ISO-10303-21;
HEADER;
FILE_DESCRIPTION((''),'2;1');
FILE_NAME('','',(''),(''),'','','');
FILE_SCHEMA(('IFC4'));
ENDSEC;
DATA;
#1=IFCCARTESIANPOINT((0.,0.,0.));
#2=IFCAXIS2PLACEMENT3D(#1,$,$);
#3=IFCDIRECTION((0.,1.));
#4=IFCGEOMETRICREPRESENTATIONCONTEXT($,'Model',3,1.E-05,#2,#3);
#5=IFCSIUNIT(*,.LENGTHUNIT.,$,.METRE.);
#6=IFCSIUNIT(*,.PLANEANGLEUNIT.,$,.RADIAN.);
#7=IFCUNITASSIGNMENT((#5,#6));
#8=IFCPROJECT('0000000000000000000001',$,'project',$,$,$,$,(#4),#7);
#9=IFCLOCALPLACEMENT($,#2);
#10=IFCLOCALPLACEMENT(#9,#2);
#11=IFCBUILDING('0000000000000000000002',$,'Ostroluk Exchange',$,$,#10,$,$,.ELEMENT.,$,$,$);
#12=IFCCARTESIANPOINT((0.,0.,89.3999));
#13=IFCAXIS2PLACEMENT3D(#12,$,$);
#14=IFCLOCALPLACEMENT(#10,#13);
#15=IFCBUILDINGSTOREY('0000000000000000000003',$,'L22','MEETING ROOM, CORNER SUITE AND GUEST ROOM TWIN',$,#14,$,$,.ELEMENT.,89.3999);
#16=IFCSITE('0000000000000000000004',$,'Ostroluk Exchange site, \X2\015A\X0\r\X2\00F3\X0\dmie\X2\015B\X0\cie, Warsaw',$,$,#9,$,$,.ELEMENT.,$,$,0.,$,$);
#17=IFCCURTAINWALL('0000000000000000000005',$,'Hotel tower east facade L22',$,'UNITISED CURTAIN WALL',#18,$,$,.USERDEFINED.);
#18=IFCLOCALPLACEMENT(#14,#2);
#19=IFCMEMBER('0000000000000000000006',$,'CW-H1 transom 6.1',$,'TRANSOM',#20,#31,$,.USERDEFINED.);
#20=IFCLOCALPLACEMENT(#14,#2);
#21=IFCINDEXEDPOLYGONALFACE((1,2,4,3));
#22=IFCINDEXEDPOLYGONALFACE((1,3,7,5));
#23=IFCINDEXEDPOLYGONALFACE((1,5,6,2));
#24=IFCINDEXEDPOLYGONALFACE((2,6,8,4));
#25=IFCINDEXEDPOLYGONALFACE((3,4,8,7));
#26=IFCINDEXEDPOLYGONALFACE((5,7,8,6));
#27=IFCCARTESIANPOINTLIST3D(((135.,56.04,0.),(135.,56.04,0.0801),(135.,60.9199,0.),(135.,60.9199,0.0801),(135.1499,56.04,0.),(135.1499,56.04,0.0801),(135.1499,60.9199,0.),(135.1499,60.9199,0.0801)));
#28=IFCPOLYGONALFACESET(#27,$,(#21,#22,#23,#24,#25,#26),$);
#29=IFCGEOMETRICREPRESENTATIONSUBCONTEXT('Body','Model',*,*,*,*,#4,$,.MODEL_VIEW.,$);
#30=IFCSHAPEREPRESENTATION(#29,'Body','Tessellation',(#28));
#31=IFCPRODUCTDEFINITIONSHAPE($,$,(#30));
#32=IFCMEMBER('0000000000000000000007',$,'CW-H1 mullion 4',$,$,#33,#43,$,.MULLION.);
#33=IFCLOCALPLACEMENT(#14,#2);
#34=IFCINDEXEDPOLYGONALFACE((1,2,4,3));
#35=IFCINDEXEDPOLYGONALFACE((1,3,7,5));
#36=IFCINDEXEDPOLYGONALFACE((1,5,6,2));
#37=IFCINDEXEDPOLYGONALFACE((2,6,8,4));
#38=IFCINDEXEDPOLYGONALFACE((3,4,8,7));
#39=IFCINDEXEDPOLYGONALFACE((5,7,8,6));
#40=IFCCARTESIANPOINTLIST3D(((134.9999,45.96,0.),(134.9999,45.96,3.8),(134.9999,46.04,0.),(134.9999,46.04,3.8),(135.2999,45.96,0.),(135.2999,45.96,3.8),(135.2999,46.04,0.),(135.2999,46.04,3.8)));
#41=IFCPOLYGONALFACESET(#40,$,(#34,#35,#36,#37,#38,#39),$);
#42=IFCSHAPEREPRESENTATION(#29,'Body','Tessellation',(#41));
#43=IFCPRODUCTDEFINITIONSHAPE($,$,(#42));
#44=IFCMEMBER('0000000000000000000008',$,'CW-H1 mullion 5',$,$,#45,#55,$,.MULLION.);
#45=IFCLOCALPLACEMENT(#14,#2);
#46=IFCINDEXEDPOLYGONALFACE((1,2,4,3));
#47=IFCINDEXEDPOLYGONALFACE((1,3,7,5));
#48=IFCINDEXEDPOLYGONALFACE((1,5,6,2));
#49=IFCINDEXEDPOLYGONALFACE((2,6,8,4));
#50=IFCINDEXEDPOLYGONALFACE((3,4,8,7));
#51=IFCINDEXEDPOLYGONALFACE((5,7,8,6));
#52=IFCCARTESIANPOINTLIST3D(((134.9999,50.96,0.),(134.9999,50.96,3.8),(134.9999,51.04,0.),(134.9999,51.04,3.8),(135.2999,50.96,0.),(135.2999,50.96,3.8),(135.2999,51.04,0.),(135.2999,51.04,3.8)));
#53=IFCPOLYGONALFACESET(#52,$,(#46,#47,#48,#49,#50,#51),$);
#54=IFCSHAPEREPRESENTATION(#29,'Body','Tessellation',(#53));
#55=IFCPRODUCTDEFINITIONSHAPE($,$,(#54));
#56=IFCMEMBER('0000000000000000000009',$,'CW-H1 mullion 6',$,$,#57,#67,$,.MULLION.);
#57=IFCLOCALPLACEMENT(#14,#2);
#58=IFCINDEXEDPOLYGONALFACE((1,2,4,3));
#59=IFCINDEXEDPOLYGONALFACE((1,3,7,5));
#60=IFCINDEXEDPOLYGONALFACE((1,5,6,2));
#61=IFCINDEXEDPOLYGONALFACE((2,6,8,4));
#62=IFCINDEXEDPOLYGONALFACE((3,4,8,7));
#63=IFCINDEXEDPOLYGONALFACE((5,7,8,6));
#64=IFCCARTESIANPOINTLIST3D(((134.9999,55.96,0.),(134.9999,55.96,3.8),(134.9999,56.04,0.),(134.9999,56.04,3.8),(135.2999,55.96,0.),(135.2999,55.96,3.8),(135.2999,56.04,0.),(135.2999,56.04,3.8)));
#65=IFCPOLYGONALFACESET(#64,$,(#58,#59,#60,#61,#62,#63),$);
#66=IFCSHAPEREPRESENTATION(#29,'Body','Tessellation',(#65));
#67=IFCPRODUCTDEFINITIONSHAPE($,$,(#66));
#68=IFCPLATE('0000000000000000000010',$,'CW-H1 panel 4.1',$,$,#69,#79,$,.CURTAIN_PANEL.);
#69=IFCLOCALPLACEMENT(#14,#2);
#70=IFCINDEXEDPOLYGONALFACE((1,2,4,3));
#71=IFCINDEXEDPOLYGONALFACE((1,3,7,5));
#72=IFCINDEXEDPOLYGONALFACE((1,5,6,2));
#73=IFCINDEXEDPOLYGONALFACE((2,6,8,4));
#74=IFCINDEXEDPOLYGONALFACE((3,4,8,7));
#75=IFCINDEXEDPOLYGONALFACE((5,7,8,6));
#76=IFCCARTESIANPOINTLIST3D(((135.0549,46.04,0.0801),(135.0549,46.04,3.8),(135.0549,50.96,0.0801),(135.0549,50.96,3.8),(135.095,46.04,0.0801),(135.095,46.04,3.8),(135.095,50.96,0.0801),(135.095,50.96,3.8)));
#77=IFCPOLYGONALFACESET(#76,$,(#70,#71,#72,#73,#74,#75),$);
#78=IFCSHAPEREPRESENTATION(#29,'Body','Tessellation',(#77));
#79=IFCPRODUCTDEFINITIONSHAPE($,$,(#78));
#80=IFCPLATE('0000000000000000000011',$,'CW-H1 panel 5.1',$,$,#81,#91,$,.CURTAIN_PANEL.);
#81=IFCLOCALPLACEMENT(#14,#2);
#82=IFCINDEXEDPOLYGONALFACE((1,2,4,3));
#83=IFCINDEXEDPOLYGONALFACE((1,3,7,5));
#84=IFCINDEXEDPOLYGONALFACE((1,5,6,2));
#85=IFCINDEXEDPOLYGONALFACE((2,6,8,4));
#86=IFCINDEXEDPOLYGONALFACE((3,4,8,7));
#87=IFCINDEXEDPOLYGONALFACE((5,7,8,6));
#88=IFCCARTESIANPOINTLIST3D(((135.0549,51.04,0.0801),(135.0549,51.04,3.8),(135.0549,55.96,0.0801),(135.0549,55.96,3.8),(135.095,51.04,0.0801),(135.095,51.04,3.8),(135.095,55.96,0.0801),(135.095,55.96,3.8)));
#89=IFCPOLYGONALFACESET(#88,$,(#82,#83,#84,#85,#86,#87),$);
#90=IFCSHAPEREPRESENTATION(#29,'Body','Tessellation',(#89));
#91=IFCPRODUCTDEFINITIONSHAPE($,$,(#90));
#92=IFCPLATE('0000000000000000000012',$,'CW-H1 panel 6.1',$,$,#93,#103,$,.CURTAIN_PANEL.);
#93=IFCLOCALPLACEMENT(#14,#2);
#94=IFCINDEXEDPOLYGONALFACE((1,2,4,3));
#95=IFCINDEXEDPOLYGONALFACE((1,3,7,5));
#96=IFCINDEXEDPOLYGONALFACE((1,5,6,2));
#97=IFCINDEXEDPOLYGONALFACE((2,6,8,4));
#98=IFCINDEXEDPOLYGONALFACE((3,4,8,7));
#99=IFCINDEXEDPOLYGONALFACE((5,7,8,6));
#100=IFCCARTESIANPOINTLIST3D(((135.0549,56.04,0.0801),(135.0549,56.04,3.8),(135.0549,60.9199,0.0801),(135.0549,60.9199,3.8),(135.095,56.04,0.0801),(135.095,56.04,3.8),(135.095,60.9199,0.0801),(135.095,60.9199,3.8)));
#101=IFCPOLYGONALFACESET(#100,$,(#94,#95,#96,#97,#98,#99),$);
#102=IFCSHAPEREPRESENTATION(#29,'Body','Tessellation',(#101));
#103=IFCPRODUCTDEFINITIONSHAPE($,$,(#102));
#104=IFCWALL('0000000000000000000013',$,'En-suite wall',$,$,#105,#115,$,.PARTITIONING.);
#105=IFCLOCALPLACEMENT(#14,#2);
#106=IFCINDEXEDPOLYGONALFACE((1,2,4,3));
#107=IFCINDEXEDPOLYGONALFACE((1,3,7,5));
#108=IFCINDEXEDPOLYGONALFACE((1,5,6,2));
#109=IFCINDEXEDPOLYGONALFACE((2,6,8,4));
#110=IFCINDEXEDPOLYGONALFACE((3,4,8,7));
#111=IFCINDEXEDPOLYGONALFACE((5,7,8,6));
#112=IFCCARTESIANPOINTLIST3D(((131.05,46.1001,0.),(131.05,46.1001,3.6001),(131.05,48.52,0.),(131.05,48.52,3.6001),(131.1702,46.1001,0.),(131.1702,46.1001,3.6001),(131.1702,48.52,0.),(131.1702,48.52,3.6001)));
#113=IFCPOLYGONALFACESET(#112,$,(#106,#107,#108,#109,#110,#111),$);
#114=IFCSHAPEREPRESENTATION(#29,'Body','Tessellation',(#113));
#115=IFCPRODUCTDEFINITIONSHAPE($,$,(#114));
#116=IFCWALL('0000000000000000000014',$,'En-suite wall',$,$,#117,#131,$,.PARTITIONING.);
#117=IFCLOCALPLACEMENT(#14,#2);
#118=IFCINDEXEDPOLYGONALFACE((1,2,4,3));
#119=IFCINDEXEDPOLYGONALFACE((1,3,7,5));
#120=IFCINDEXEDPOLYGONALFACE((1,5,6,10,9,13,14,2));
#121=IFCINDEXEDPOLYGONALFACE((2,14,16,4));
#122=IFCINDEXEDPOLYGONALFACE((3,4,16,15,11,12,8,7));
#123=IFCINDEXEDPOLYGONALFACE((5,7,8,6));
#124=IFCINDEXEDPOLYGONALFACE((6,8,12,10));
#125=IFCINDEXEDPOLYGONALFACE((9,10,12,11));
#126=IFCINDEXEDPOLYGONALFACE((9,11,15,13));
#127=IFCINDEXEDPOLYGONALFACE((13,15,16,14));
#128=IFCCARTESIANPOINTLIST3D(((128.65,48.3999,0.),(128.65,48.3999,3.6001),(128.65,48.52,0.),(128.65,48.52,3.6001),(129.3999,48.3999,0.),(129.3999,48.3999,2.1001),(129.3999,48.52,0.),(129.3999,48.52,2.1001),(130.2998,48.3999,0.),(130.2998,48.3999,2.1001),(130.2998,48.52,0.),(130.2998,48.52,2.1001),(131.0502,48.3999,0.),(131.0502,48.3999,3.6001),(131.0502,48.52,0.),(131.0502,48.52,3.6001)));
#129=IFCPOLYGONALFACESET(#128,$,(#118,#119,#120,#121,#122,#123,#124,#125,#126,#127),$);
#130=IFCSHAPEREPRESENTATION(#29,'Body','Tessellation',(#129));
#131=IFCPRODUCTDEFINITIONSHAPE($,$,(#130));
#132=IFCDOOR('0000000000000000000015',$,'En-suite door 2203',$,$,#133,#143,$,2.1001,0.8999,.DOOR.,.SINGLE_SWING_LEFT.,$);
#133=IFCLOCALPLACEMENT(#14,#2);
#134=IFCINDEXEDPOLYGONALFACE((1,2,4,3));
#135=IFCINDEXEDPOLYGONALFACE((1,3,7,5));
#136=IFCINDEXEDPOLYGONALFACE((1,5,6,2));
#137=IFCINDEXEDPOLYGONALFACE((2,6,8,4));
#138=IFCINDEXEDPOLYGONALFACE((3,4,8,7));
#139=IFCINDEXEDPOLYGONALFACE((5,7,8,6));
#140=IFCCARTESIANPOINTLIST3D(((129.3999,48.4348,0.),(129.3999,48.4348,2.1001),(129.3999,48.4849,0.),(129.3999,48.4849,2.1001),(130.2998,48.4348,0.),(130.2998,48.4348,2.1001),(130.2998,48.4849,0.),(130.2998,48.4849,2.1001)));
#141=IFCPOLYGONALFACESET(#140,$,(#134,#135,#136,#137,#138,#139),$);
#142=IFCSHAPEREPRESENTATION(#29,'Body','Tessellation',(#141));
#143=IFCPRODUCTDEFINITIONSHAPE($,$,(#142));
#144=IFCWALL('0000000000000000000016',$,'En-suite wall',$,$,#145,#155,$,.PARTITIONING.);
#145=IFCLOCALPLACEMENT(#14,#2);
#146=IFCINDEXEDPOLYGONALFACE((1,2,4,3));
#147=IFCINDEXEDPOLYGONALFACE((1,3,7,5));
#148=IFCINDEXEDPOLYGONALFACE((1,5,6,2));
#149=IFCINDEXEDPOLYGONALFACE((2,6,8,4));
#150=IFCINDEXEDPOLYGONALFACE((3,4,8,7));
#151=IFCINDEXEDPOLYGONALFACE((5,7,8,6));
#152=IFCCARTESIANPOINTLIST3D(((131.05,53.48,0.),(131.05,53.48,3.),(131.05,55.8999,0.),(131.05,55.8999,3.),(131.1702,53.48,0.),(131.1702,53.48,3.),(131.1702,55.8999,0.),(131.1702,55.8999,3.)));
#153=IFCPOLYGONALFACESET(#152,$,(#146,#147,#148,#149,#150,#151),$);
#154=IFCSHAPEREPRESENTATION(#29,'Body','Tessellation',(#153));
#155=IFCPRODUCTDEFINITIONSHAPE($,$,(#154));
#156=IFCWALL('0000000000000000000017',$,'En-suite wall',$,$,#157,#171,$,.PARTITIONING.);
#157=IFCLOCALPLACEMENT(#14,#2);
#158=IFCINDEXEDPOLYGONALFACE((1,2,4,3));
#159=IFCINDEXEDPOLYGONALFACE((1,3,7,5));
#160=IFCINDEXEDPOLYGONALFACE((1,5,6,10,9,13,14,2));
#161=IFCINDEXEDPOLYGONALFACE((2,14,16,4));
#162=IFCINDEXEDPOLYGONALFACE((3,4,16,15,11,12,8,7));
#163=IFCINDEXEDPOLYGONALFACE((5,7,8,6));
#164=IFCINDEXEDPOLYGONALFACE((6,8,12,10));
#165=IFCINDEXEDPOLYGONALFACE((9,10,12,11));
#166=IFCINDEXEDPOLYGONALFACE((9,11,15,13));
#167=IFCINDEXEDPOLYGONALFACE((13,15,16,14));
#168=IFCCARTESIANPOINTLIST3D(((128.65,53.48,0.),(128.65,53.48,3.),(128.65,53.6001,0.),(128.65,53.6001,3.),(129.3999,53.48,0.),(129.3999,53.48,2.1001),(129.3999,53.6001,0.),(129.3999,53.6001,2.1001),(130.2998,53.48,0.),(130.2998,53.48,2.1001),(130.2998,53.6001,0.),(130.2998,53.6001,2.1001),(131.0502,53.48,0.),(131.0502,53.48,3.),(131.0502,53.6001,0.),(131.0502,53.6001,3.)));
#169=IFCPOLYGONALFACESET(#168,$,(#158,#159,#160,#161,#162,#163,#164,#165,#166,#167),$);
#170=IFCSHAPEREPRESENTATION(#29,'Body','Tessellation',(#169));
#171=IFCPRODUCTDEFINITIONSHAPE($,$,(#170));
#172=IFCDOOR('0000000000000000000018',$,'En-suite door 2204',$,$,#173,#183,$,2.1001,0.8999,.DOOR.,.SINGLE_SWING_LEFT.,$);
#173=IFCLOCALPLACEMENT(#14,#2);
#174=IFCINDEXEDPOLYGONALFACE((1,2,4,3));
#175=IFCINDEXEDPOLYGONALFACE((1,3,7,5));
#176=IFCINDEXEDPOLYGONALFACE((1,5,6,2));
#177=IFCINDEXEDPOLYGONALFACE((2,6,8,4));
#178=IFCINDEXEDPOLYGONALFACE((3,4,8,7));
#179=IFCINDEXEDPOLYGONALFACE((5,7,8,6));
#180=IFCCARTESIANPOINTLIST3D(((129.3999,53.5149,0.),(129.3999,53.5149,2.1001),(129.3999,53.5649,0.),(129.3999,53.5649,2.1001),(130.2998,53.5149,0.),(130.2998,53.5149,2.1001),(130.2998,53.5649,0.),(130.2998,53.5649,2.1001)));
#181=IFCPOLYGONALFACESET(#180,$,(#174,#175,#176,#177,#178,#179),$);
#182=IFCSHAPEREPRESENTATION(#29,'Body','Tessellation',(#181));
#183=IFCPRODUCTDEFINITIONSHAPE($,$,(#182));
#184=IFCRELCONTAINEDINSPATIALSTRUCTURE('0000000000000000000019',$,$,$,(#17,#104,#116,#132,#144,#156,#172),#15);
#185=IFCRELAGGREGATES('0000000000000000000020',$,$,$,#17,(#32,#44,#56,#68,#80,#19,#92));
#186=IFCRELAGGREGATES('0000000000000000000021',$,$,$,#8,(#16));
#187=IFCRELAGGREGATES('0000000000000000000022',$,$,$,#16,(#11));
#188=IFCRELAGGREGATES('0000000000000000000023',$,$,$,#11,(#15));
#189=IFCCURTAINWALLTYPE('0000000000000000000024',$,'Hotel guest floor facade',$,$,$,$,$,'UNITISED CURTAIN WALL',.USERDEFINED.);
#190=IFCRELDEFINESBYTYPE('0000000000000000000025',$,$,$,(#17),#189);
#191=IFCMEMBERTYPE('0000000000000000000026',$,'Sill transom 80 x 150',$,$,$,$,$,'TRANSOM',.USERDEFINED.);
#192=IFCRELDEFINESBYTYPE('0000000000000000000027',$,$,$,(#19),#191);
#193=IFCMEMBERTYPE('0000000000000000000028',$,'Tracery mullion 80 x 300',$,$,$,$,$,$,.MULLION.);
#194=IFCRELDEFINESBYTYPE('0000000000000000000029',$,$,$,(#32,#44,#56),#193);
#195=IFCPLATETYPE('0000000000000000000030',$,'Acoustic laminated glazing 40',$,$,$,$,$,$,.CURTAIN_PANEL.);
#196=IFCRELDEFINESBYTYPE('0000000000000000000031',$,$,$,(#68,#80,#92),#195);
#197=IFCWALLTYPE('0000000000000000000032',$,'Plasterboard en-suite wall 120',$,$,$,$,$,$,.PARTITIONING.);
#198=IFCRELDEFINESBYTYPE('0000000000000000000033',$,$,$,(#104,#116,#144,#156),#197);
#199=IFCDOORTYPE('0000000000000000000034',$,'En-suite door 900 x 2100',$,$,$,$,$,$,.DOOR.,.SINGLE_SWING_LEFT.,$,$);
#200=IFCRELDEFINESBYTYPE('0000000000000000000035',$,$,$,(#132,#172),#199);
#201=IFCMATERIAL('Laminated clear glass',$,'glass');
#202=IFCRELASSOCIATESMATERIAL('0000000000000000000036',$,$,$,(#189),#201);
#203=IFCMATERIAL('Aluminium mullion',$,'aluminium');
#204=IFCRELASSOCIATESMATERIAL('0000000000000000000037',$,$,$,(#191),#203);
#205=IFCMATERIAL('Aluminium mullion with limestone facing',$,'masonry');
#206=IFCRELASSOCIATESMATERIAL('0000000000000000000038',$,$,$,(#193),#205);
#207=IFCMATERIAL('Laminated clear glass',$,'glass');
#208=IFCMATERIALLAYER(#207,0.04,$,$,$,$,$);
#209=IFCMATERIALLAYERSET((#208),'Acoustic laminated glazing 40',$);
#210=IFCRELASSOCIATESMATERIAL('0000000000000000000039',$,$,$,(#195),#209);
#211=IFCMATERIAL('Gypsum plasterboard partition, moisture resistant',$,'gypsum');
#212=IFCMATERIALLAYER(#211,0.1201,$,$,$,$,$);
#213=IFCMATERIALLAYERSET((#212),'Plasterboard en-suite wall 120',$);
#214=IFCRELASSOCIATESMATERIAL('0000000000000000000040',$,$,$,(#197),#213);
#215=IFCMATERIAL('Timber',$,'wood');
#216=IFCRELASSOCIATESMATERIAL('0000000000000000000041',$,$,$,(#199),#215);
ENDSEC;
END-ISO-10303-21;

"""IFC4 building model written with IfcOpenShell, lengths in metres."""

from ifc_helpers import new_model, si_unit, direction, frame, frame_2d, origin, origin_2d, place, context, subcontext, project, spatial, rectangle, extrude, material, layer, layer_set, material_profile, profile_set, type_object, element, fill, aggregate, save


model = new_model("IFC4")

# Units and contexts
model_context = context("Model", 3, precision=1e-05, world=origin(), true_north=direction((0.0, 1.0)))
body_context = subcontext(model_context, "Body", "Model", "MODEL_VIEW")
ifc_project = project(units=[si_unit("LENGTHUNIT", "METRE"), si_unit("PLANEANGLEUNIT", "RADIAN")], contexts=[model_context])

# Site, building, storey
site_placement = place(None, origin())
site = spatial("IfcSite", under=ifc_project, at=site_placement, Name="Ostroluk Exchange site, Śródmieście, Warsaw", CompositionType="ELEMENT", RefElevation=0.0)
building_placement = place(site_placement, origin())
building = spatial("IfcBuilding", under=site, at=building_placement, Name="Ostroluk Exchange", CompositionType="ELEMENT")
storey_placement = place(building_placement, frame((0.0, 0.0, 89.3999)))
storey = spatial("IfcBuildingStorey", under=building, at=storey_placement, Name="L22", Description="MEETING ROOM, CORNER SUITE AND GUEST ROOM TWIN", CompositionType="ELEMENT", Elevation=89.3999)

# Curtain wall, members, plates
ifc_material_1 = material(Name="Laminated clear glass", Category="glass")
curtain_wall_type = type_object("IfcCurtainWallType", Name="Hotel guest floor facade", ElementType="UNITISED CURTAIN WALL", PredefinedType="USERDEFINED", material=ifc_material_1)
curtain_wall_placement = place(storey_placement, origin())
curtain_wall = element("IfcCurtainWall", 1, at=curtain_wall_placement, inside=storey, type_object=curtain_wall_type, Name="Hotel tower east facade L22", ObjectType="UNITISED CURTAIN WALL", PredefinedType="USERDEFINED")
ifc_material_2 = material(Name="Aluminium mullion", Category="aluminium")
ifc_material_profile_1 = material_profile(ifc_material_2, rectangle(XDim=0.1499, YDim=0.0801, at=origin_2d()), Name="Sill transom 80 x 150")
ifc_profile_set_1 = profile_set([ifc_material_profile_1], Name="Aluminium mullion")
member_type_1 = type_object("IfcMemberType", Name="Sill transom 80 x 150", ElementType="TRANSOM", PredefinedType="USERDEFINED", material=ifc_profile_set_1)
member_1_placement = place(storey_placement, frame((135.075, 56.04, 0.04), z_axis=(0.0, 1.0, 0.0), x_axis=(-1.0, 0.0, 0.0)))
member_1 = element("IfcMember", 2, at=member_1_placement, type_object=member_type_1, Name="CW-H1 transom 6.1", ObjectType="TRANSOM", PredefinedType="USERDEFINED", context=body_context, shape_type="SweptSolid", body=[
    extrude(rectangle(XDim=0.1499, YDim=0.0801, at=origin_2d()), origin(), (0.0, 0.0, 1.0), 4.8799),
])
ifc_material_3 = material(Name="Aluminium mullion with limestone facing", Category="masonry")
ifc_material_profile_2 = material_profile(ifc_material_3, rectangle(XDim=0.3, YDim=0.0801, at=origin_2d()), Name="Tracery mullion 80 x 300")
ifc_profile_set_2 = profile_set([ifc_material_profile_2], Name="Aluminium mullion with limestone facing")
member_type_2 = type_object("IfcMemberType", Name="Tracery mullion 80 x 300", PredefinedType="MULLION", material=ifc_profile_set_2)
member_2_placement = place(storey_placement, frame((135.1499, 46.0, 0.0), z_axis=(0.0, 0.0, 1.0), x_axis=(-1.0, 0.0, 0.0)))
member_2 = element("IfcMember", 3, at=member_2_placement, type_object=member_type_2, Name="CW-H1 mullion 4", PredefinedType="MULLION", context=body_context, shape_type="SweptSolid", body=[
    extrude(rectangle(XDim=0.3, YDim=0.0801, at=origin_2d()), origin(), (0.0, 0.0, 1.0), 3.8),
])
member_3_placement = place(storey_placement, frame((135.1499, 51.0, 0.0), z_axis=(0.0, 0.0, 1.0), x_axis=(-1.0, 0.0, 0.0)))
member_3 = element("IfcMember", 4, at=member_3_placement, type_object=member_type_2, Name="CW-H1 mullion 5", PredefinedType="MULLION", context=body_context, shape_type="SweptSolid", body=[
    extrude(rectangle(XDim=0.3, YDim=0.0801, at=origin_2d()), origin(), (0.0, 0.0, 1.0), 3.8),
])
member_4_placement = place(storey_placement, frame((135.1499, 56.0, 0.0), z_axis=(0.0, 0.0, 1.0), x_axis=(-1.0, 0.0, 0.0)))
member_4 = element("IfcMember", 5, at=member_4_placement, type_object=member_type_2, Name="CW-H1 mullion 6", PredefinedType="MULLION", context=body_context, shape_type="SweptSolid", body=[
    extrude(rectangle(XDim=0.3, YDim=0.0801, at=origin_2d()), origin(), (0.0, 0.0, 1.0), 3.8),
])
ifc_material_4 = material(Name="Laminated clear glass", Category="glass")
ifc_layer_1 = layer(ifc_material_4, 0.04)
ifc_layer_set_1 = layer_set([ifc_layer_1], Name="Acoustic laminated glazing 40")
plate_type = type_object("IfcPlateType", Name="Acoustic laminated glazing 40", PredefinedType="CURTAIN_PANEL", material=ifc_layer_set_1)
plate_1_placement = place(storey_placement, frame((135.075, 48.5, 0.0801), z_axis=(0.0, 0.0, 1.0), x_axis=(0.0, 1.0, 0.0)))
plate_1 = element("IfcPlate", 6, at=plate_1_placement, type_object=plate_type, Name="CW-H1 panel 4.1", PredefinedType="CURTAIN_PANEL", context=body_context, shape_type="SweptSolid", body=[
    extrude(rectangle(XDim=4.9199, YDim=0.04, at=origin_2d()), origin(), (0.0, 0.0, 1.0), 3.72),
])
plate_2_placement = place(storey_placement, frame((135.075, 53.5, 0.0801), z_axis=(0.0, 0.0, 1.0), x_axis=(0.0, 1.0, 0.0)))
plate_2 = element("IfcPlate", 7, at=plate_2_placement, type_object=plate_type, Name="CW-H1 panel 5.1", PredefinedType="CURTAIN_PANEL", context=body_context, shape_type="SweptSolid", body=[
    extrude(rectangle(XDim=4.9199, YDim=0.04, at=origin_2d()), origin(), (0.0, 0.0, 1.0), 3.72),
])
plate_3_placement = place(storey_placement, frame((135.075, 58.48, 0.0801), z_axis=(0.0, 0.0, 1.0), x_axis=(0.0, 1.0, 0.0)))
plate_3 = element("IfcPlate", 8, at=plate_3_placement, type_object=plate_type, Name="CW-H1 panel 6.1", PredefinedType="CURTAIN_PANEL", context=body_context, shape_type="SweptSolid", body=[
    extrude(rectangle(XDim=4.8799, YDim=0.04, at=origin_2d()), origin(), (0.0, 0.0, 1.0), 3.72),
])
aggregate(curtain_wall, [member_2, member_3, member_4, plate_1, plate_2, member_1, plate_3])

# Wall
ifc_material_5 = material(Name="Gypsum plasterboard partition, moisture resistant", Category="gypsum")
ifc_layer_2 = layer(ifc_material_5, 0.1201)
ifc_layer_set_2 = layer_set([ifc_layer_2], Name="Plasterboard en-suite wall 120")
wall_type_1 = type_object("IfcWallType", Name="Plasterboard en-suite wall 120", PredefinedType="PARTITIONING", material=ifc_layer_set_2)
wall_1_placement = place(storey_placement, frame((131.1101, 46.1001, 0.0), z_axis=(0.0, 0.0, 1.0), x_axis=(0.0, 1.0, 0.0)))
element("IfcWall", 9, at=wall_1_placement, inside=storey, type_object=wall_type_1, Name="En-suite wall", PredefinedType="PARTITIONING", context=body_context, shape_type="SweptSolid", body=[
    extrude(rectangle(XDim=2.4199, YDim=0.1201, at=frame_2d((1.21, 0.0))), origin(), (0.0, 0.0, 1.0), 3.6001),
])

# Wall, opening, door
wall_2_placement = place(storey_placement, frame((128.6499, 48.46, 0.0), z_axis=(0.0, 0.0, 1.0), x_axis=(1.0, 0.0, 0.0)))
wall_2 = element("IfcWall", 10, at=wall_2_placement, inside=storey, type_object=wall_type_1, Name="En-suite wall", PredefinedType="PARTITIONING", context=body_context, shape_type="SweptSolid", body=[
    extrude(rectangle(XDim=2.4001, YDim=0.1201, at=frame_2d((1.2002, 0.0))), origin(), (0.0, 0.0, 1.0), 3.6001),
])
opening_1_placement = place(wall_2_placement, frame((0.75, 0.0, 0.0)))
opening_1 = element("IfcOpeningElement", 11, at=opening_1_placement, cuts=wall_2, PredefinedType="OPENING", context=body_context, shape_type="SweptSolid", body=[
    extrude(rectangle(XDim=0.8999, YDim=2.1001, at=frame_2d((0.45, 1.05))), frame((0.0, 0.0701, 0.0), z_axis=(0.0, -1.0, 0.0), x_axis=(1.0, 0.0, 0.0)), (0.0, 0.0, 1.0), 0.1401),
])
ifc_material_6 = material(Name="Timber", Category="wood")
door_type_1 = type_object("IfcDoorType", Name="En-suite door 900 x 2100", OperationType="SINGLE_SWING_LEFT", PredefinedType="DOOR", material=ifc_material_6)
door_1_placement = place(opening_1_placement, origin())
door_1 = element("IfcDoor", 12, at=door_1_placement, inside=storey, type_object=door_type_1, Name="En-suite door 2203", OperationType="SINGLE_SWING_LEFT", OverallHeight=2.1001, OverallWidth=0.8999, PredefinedType="DOOR", context=body_context, shape_type="SweptSolid", body=[
    extrude(rectangle(XDim=0.8999, YDim=2.1001, at=frame_2d((0.45, 1.05))), frame((0.0, 0.0249, 0.0), z_axis=(0.0, -1.0, 0.0), x_axis=(1.0, 0.0, 0.0)), (0.0, 0.0, 1.0), 0.05),
])
fill(opening_1, door_1)

# Wall
wall_3_placement = place(storey_placement, frame((131.1101, 53.48, 0.0), z_axis=(0.0, 0.0, 1.0), x_axis=(0.0, 1.0, 0.0)))
element("IfcWall", 13, at=wall_3_placement, inside=storey, type_object=wall_type_1, Name="En-suite wall", PredefinedType="PARTITIONING", context=body_context, shape_type="SweptSolid", body=[
    extrude(rectangle(XDim=2.4199, YDim=0.1201, at=frame_2d((1.21, 0.0))), origin(), (0.0, 0.0, 1.0), 3.0),
])

# Wall, opening, door
wall_4_placement = place(storey_placement, frame((128.6499, 53.54, 0.0), z_axis=(0.0, 0.0, 1.0), x_axis=(1.0, 0.0, 0.0)))
wall_4 = element("IfcWall", 14, at=wall_4_placement, inside=storey, type_object=wall_type_1, Name="En-suite wall", PredefinedType="PARTITIONING", context=body_context, shape_type="SweptSolid", body=[
    extrude(rectangle(XDim=2.4001, YDim=0.1201, at=frame_2d((1.2002, 0.0))), origin(), (0.0, 0.0, 1.0), 3.0),
])
opening_2_placement = place(wall_4_placement, frame((0.75, 0.0, 0.0)))
opening_2 = element("IfcOpeningElement", 15, at=opening_2_placement, cuts=wall_4, PredefinedType="OPENING", context=body_context, shape_type="SweptSolid", body=[
    extrude(rectangle(XDim=0.8999, YDim=2.1001, at=frame_2d((0.45, 1.05))), frame((0.0, 0.0701, 0.0), z_axis=(0.0, -1.0, 0.0), x_axis=(1.0, 0.0, 0.0)), (0.0, 0.0, 1.0), 0.1401),
])
door_2_placement = place(opening_2_placement, origin())
door_2 = element("IfcDoor", 16, at=door_2_placement, inside=storey, type_object=door_type_1, Name="En-suite door 2204", OperationType="SINGLE_SWING_LEFT", OverallHeight=2.1001, OverallWidth=0.8999, PredefinedType="DOOR", context=body_context, shape_type="SweptSolid", body=[
    extrude(rectangle(XDim=0.8999, YDim=2.1001, at=frame_2d((0.45, 1.05))), frame((0.0, 0.0249, 0.0), z_axis=(0.0, -1.0, 0.0), x_axis=(1.0, 0.0, 0.0)), (0.0, 0.0, 1.0), 0.05),
])
fill(opening_2, door_2)

save(model, "model.ifc")
